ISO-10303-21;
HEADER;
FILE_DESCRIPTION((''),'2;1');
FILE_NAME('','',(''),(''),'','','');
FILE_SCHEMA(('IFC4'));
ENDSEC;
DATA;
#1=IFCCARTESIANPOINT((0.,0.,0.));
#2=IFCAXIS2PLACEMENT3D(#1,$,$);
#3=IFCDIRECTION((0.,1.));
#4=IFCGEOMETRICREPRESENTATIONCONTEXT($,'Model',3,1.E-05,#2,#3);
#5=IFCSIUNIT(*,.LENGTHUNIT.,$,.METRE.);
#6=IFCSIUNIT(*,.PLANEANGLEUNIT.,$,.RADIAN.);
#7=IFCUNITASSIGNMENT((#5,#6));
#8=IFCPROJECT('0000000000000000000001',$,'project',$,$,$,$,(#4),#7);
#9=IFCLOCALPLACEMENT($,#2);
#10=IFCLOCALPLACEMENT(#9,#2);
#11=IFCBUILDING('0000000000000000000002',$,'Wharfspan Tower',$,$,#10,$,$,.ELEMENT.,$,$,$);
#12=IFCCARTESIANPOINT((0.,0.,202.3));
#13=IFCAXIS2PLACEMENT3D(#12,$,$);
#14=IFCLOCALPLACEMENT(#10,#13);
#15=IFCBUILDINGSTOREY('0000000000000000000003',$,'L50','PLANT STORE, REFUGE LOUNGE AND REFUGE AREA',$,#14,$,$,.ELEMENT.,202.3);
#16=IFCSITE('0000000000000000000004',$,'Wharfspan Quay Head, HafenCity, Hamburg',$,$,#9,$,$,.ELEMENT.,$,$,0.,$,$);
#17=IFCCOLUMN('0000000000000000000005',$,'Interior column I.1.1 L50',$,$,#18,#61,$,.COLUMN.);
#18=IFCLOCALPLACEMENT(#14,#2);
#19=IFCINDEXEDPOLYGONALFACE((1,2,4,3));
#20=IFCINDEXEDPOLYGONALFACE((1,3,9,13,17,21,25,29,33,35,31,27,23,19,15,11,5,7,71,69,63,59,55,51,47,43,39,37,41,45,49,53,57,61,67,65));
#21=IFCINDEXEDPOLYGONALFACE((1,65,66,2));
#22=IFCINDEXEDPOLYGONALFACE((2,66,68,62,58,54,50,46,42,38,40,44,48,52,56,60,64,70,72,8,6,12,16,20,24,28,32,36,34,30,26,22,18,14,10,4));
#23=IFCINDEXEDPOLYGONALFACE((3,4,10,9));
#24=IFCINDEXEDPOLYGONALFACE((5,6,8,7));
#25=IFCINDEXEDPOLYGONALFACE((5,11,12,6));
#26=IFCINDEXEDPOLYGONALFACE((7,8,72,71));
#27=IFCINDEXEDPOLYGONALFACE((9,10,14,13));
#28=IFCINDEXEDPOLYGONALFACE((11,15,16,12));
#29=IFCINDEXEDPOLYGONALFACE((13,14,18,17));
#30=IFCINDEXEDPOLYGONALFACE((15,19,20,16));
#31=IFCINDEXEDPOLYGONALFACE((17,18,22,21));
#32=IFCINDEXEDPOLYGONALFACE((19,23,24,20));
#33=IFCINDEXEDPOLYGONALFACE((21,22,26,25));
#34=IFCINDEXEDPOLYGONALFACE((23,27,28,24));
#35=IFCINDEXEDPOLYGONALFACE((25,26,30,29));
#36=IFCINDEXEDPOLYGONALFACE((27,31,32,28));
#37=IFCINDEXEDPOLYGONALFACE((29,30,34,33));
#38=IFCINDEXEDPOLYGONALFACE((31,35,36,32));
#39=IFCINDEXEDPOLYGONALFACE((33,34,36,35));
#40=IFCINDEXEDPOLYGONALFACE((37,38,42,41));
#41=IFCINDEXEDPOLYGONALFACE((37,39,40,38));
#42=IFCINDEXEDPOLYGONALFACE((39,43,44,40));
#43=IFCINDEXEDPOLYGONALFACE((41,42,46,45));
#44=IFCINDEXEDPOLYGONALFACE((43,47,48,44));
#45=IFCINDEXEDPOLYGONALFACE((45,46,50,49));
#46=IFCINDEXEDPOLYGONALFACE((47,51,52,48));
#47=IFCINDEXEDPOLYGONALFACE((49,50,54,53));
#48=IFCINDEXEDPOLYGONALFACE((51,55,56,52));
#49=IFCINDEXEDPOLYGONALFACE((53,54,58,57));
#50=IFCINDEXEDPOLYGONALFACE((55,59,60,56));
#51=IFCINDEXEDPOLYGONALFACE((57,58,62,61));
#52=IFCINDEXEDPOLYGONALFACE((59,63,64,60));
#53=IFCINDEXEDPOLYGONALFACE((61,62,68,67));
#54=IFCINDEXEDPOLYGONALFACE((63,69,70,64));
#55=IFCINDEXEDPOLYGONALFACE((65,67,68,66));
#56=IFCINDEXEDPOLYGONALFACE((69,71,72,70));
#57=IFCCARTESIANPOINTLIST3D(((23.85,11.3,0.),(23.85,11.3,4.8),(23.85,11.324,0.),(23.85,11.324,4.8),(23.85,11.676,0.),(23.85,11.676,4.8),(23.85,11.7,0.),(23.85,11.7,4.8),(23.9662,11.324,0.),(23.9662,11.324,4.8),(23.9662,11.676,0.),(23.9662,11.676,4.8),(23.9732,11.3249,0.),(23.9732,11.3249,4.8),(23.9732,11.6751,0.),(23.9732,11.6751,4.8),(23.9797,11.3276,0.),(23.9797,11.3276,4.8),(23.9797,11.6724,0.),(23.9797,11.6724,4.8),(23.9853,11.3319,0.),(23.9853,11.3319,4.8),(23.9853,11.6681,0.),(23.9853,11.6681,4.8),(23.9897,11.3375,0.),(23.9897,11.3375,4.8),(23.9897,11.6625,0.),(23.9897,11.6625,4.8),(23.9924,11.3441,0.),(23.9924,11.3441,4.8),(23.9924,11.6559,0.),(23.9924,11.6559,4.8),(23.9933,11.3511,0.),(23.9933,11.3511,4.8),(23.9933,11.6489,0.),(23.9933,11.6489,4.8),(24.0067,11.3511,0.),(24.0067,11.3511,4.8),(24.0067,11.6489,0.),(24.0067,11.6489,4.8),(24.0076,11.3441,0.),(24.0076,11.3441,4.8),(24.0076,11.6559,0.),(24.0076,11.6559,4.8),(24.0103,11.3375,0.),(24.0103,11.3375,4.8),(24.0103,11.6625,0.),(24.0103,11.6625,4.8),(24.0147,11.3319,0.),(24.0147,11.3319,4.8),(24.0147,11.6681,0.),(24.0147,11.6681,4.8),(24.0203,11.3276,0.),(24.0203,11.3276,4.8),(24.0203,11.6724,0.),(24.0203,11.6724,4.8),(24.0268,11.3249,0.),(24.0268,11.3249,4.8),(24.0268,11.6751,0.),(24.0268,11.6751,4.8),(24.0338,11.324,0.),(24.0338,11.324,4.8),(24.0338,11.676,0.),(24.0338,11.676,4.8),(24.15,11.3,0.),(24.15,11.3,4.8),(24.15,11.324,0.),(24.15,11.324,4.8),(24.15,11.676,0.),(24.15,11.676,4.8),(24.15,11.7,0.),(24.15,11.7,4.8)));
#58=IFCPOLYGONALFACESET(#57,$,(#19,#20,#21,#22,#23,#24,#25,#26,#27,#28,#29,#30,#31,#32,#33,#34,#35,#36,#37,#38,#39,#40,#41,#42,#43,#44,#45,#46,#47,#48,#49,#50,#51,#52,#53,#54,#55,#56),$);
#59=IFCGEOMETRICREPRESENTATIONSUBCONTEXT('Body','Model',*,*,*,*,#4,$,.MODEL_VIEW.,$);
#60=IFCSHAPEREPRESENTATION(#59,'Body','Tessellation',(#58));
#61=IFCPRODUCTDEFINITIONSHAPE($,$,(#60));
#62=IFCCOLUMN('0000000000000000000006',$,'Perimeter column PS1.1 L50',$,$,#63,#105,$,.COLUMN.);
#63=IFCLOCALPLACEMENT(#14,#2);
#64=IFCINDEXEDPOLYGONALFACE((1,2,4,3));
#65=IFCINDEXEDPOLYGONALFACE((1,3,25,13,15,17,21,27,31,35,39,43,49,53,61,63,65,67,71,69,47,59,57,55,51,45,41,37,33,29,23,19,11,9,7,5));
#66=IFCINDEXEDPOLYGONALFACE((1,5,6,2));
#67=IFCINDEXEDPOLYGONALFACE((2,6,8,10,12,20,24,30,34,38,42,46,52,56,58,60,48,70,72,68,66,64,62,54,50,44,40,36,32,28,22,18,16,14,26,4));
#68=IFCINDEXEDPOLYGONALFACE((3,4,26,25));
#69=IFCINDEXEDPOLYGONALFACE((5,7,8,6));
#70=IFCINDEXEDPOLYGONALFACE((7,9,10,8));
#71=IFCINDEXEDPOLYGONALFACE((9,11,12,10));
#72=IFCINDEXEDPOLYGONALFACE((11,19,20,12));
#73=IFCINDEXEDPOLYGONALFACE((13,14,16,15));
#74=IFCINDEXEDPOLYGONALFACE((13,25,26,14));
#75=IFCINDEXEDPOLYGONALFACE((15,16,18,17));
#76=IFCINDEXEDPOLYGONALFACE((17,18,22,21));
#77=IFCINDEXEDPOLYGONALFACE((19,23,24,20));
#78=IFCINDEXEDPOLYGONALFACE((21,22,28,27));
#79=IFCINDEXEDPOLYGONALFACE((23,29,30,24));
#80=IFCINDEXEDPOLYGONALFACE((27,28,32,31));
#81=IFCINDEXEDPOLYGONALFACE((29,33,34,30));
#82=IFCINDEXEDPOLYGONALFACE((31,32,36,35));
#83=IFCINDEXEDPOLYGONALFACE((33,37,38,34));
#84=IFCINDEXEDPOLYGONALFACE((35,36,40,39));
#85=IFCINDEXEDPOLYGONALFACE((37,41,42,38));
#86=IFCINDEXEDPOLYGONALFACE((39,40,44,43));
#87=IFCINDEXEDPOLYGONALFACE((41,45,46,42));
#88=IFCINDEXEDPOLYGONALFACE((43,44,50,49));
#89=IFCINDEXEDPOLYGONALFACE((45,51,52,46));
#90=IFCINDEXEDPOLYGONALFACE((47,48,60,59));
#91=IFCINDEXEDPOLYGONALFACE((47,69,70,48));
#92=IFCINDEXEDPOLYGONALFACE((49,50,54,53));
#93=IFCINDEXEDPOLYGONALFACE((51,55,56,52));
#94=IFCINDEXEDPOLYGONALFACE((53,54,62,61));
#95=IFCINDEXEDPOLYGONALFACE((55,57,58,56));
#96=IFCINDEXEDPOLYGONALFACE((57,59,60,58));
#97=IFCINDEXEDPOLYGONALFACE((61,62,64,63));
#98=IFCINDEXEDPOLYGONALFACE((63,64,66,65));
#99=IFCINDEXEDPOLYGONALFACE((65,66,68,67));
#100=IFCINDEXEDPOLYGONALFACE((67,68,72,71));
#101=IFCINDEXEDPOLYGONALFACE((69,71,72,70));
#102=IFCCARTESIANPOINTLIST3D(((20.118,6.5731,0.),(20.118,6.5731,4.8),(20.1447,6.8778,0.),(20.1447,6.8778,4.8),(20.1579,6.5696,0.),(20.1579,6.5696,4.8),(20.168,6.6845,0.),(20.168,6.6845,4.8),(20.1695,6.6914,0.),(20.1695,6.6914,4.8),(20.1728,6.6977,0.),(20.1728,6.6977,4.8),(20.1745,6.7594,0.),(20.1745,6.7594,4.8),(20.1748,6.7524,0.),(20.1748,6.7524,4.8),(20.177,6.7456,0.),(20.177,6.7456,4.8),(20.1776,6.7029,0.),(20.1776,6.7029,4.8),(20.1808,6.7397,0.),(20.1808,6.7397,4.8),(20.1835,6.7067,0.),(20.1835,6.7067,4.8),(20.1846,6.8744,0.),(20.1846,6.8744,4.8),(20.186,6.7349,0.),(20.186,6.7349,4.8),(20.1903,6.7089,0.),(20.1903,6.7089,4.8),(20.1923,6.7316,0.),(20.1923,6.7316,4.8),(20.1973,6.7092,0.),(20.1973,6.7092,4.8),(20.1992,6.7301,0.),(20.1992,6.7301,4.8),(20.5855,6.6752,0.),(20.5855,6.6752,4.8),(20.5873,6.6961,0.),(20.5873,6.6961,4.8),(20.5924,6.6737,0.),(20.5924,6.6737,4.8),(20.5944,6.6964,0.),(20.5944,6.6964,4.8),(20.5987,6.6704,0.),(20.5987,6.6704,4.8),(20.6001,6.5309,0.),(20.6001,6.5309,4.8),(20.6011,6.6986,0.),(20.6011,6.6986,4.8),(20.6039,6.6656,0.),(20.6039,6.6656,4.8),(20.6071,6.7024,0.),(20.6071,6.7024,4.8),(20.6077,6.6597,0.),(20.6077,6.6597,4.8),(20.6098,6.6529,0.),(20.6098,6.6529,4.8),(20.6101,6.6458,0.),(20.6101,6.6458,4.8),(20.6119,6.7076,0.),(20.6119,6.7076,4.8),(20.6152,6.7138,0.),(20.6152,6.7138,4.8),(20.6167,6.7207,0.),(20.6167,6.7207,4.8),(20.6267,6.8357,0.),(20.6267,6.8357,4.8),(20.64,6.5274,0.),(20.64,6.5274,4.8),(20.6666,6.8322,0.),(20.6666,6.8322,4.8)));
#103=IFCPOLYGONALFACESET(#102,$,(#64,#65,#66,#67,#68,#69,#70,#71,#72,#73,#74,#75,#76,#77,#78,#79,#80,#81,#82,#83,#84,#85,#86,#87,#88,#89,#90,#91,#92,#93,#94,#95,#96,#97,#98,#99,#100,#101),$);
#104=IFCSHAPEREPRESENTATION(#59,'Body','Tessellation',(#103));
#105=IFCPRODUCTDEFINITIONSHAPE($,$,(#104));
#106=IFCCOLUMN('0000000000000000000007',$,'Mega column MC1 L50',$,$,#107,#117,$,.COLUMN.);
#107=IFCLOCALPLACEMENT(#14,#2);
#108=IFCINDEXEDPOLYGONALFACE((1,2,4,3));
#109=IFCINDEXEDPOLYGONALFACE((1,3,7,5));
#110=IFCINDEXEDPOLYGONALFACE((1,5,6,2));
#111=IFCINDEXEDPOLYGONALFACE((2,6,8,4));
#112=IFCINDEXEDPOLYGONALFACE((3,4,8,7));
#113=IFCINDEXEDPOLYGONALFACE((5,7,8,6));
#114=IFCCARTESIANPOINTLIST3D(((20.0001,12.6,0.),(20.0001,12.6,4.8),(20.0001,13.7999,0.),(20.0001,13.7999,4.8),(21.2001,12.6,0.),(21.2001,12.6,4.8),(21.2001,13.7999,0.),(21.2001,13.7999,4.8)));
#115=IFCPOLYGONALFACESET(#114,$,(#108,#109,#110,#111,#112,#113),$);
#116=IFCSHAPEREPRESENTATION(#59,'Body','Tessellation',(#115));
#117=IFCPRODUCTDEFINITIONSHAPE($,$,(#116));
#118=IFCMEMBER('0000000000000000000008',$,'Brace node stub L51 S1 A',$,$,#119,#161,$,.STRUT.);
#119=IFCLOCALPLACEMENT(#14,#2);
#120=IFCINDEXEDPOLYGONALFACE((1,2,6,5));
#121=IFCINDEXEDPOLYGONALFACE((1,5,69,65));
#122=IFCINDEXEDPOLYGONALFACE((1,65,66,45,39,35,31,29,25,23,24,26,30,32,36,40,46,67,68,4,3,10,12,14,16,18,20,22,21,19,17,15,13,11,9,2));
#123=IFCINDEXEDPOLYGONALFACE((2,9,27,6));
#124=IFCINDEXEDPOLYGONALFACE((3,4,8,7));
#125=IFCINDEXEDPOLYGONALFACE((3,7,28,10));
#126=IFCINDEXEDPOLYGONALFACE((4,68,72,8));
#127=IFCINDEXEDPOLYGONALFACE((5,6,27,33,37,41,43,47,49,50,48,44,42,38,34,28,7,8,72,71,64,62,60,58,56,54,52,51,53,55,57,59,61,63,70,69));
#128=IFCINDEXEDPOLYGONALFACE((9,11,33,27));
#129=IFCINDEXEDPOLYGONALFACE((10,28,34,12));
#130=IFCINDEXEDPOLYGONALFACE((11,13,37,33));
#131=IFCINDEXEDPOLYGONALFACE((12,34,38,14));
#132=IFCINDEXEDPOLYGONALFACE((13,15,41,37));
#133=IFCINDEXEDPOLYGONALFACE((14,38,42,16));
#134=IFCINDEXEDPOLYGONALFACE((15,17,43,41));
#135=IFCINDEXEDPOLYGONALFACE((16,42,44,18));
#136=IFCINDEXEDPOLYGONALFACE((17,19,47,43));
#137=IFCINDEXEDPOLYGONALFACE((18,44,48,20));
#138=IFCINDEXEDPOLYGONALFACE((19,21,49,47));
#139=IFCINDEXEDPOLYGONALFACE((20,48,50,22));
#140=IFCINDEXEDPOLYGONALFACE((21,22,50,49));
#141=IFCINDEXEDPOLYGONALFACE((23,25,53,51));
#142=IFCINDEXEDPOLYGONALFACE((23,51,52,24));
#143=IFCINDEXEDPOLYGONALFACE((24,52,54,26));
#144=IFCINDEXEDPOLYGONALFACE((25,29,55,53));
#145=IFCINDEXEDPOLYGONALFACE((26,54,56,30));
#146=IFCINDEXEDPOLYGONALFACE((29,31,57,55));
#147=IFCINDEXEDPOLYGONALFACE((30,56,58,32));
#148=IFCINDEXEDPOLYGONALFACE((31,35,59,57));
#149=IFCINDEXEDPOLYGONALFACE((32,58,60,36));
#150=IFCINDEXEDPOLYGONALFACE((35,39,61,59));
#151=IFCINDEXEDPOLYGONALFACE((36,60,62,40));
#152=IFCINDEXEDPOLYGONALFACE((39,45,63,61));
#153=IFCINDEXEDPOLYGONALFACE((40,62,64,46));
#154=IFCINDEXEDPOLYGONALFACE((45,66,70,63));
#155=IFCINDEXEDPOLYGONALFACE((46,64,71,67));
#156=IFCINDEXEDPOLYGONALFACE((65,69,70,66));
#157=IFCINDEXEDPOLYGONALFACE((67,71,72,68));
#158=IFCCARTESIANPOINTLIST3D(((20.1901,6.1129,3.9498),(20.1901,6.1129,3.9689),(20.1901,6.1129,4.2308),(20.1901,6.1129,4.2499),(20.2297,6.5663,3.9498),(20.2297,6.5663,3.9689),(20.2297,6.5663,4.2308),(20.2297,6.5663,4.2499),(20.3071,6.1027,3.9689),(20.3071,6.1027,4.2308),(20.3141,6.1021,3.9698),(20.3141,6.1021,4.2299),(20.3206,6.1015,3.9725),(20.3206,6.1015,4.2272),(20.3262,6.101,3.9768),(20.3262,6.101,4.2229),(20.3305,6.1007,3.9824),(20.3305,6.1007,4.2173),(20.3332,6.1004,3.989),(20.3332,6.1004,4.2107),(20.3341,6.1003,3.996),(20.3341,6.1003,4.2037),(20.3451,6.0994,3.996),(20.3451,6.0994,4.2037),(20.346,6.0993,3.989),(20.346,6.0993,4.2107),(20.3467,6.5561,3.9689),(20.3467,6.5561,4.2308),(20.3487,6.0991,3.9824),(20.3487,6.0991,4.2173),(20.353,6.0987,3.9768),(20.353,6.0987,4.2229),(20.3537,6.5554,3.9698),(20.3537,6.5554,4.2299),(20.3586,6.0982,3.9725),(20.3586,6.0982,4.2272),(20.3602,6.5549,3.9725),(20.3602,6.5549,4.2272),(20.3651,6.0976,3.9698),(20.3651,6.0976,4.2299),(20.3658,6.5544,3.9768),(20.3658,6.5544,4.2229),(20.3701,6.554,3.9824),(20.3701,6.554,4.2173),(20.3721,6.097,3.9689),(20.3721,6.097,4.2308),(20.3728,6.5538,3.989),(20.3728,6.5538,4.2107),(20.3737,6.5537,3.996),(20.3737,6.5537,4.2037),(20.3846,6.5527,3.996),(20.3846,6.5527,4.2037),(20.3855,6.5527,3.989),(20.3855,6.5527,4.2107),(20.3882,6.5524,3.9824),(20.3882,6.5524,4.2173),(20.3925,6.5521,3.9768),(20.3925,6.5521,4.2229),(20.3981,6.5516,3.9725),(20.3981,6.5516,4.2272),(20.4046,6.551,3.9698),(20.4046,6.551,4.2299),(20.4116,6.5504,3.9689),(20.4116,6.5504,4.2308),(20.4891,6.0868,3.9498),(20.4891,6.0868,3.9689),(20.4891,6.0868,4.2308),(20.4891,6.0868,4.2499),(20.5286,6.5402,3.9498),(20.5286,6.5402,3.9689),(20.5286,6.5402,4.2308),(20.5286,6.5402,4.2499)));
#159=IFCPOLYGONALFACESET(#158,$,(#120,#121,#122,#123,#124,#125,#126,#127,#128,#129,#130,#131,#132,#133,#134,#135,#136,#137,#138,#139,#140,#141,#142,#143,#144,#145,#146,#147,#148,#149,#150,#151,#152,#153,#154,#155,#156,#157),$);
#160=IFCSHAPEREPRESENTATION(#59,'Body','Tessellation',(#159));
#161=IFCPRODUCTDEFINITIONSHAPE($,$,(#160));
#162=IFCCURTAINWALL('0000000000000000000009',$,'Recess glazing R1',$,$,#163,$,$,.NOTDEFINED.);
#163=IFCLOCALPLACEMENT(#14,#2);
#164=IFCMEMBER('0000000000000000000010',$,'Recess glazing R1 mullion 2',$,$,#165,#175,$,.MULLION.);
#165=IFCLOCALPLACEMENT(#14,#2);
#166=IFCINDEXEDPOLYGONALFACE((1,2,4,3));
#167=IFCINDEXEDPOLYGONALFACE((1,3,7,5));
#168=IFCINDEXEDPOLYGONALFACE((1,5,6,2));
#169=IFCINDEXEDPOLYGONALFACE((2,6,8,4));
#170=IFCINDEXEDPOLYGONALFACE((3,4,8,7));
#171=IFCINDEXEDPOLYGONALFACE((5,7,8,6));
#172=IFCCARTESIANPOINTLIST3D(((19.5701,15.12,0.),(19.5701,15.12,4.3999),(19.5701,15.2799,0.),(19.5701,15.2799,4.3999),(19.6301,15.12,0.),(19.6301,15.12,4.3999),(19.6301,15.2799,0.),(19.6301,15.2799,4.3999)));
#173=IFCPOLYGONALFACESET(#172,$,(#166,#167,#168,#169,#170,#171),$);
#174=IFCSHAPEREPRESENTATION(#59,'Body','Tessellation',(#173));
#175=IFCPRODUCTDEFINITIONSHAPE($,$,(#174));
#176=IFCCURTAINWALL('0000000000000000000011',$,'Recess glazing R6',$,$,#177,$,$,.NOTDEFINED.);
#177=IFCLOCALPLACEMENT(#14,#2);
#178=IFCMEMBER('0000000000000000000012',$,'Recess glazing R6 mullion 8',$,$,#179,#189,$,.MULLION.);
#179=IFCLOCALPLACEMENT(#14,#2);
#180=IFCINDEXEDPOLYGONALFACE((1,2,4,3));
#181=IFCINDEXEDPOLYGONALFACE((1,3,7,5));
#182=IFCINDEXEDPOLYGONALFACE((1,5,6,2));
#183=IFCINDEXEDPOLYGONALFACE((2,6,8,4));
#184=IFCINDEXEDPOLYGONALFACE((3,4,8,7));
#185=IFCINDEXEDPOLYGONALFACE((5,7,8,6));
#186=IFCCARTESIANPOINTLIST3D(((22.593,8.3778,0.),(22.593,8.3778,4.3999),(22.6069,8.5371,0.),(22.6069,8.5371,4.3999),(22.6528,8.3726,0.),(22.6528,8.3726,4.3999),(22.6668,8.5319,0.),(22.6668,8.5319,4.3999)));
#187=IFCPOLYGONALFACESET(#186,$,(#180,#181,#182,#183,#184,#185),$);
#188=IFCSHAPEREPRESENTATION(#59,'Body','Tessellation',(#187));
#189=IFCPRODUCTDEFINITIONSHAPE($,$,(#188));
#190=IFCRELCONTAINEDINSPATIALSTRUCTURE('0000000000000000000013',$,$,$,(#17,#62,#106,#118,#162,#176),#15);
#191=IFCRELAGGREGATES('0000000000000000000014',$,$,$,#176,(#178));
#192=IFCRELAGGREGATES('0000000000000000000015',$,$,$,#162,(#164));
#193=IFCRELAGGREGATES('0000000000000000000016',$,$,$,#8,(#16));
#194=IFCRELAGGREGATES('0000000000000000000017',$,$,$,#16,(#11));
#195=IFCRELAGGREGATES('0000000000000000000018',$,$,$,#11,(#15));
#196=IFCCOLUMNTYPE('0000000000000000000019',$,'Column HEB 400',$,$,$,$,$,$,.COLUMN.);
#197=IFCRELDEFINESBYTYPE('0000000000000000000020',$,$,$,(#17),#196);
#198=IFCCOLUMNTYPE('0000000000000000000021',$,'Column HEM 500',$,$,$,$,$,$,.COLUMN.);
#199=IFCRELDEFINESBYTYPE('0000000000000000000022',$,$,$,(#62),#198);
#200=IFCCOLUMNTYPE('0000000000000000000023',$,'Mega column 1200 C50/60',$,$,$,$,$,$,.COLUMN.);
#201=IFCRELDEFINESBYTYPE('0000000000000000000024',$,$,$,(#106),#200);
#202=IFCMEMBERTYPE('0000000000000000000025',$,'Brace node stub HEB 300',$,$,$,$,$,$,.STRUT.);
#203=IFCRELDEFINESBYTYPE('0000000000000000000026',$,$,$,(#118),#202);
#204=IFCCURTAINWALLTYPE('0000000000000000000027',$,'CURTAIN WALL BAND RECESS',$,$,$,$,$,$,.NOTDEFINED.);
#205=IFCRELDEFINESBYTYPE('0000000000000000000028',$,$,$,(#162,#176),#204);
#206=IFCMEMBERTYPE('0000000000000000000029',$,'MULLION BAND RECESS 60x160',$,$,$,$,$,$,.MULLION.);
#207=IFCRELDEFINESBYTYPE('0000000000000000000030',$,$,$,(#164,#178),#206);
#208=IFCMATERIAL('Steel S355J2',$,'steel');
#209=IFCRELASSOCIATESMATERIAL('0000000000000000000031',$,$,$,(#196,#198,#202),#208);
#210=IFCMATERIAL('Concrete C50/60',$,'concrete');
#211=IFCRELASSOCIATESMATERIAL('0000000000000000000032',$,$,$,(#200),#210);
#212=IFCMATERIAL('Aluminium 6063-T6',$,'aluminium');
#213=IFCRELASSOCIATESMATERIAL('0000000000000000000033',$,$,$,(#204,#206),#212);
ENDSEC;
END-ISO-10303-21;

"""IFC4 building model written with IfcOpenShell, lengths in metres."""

from ifc_helpers import new_model, si_unit, direction, frame, origin, origin_2d, place, context, subcontext, project, spatial, rectangle, i_section, extrude, material, material_profile, profile_set, type_object, element, aggregate, save


model = new_model("IFC4")

# Units and contexts
model_context = context("Model", 3, precision=1e-05, world=origin(), true_north=direction((0.0, 1.0)))
body_context = subcontext(model_context, "Body", "Model", "MODEL_VIEW")
ifc_project = project(units=[si_unit("LENGTHUNIT", "METRE"), si_unit("PLANEANGLEUNIT", "RADIAN")], contexts=[model_context])

# Site, building, storey
site_placement = place(None, origin())
site = spatial("IfcSite", under=ifc_project, at=site_placement, Name="Wharfspan Quay Head, HafenCity, Hamburg", CompositionType="ELEMENT", RefElevation=0.0)
building_placement = place(site_placement, origin())
building = spatial("IfcBuilding", under=site, at=building_placement, Name="Wharfspan Tower", CompositionType="ELEMENT")
storey_placement = place(building_placement, frame((0.0, 0.0, 202.3)))
storey = spatial("IfcBuildingStorey", under=building, at=storey_placement, Name="L50", Description="PLANT STORE, REFUGE LOUNGE AND REFUGE AREA", CompositionType="ELEMENT", Elevation=202.3)

# Columns
ifc_material_1 = material(Name="Steel S355J2", Category="steel")
ifc_material_profile_1 = material_profile(ifc_material_1, i_section(OverallWidth=0.3, OverallDepth=0.3999, WebThickness=0.0134, FlangeThickness=0.0239, FilletRadius=0.0271, at=origin_2d()))
ifc_profile_set_1 = profile_set([ifc_material_profile_1], Name="Steel S355J2")
column_type_1 = type_object("IfcColumnType", Name="Column HEB 400", PredefinedType="COLUMN", material=ifc_profile_set_1)
column_1_placement = place(storey_placement, frame((24.0, 11.5, 0.0), z_axis=(0.0, 0.0, 1.0), x_axis=(1.0, 0.0, 0.0)))
element("IfcColumn", 1, at=column_1_placement, inside=storey, type_object=column_type_1, Name="Interior column I.1.1 L50", PredefinedType="COLUMN", context=body_context, shape_type="SweptSolid", body=[
    extrude(i_section(OverallWidth=0.3, OverallDepth=0.3999, WebThickness=0.0134, FlangeThickness=0.0239, FilletRadius=0.0271, at=origin_2d()), origin(), (0.0, 0.0, 1.0), 4.8),
])
ifc_material_profile_2 = material_profile(ifc_material_1, i_section(OverallWidth=0.3059, OverallDepth=0.5239, WebThickness=0.021, FlangeThickness=0.04, FilletRadius=0.0271, at=origin_2d()))
ifc_profile_set_2 = profile_set([ifc_material_profile_2], Name="Steel S355J2")
column_type_2 = type_object("IfcColumnType", Name="Column HEM 500", PredefinedType="COLUMN", material=ifc_profile_set_2)
column_2_placement = place(storey_placement, frame((20.3923, 6.7026, 0.0), z_axis=(0.0, 0.0, 1.0), x_axis=(-0.087156, -0.996197, 0.0)))
element("IfcColumn", 2, at=column_2_placement, inside=storey, type_object=column_type_2, Name="Perimeter column PS1.1 L50", PredefinedType="COLUMN", context=body_context, shape_type="SweptSolid", body=[
    extrude(i_section(OverallWidth=0.3059, OverallDepth=0.5239, WebThickness=0.021, FlangeThickness=0.04, FilletRadius=0.0271, at=origin_2d()), origin(), (0.0, 0.0, 1.0), 4.8),
])
ifc_material_2 = material(Name="Concrete C50/60", Category="concrete")
ifc_material_profile_3 = material_profile(ifc_material_2, rectangle(XDim=1.2, YDim=1.2, at=origin_2d()))
ifc_profile_set_3 = profile_set([ifc_material_profile_3], Name="Concrete C50/60")
column_type_3 = type_object("IfcColumnType", Name="Mega column 1200 C50/60", PredefinedType="COLUMN", material=ifc_profile_set_3)
column_3_placement = place(storey_placement, frame((20.6001, 13.2, 0.0), z_axis=(0.0, 0.0, 1.0), x_axis=(1.0, 0.0, 0.0)))
element("IfcColumn", 3, at=column_3_placement, inside=storey, type_object=column_type_3, Name="Mega column MC1 L50", PredefinedType="COLUMN", context=body_context, shape_type="SweptSolid", body=[
    extrude(rectangle(XDim=1.2, YDim=1.2, at=origin_2d()), origin(), (0.0, 0.0, 1.0), 4.8),
])

# Member
ifc_material_profile_4 = material_profile(ifc_material_1, i_section(OverallWidth=0.3, OverallDepth=0.3, WebThickness=0.011, FlangeThickness=0.019, FilletRadius=0.0271, at=origin_2d()))
ifc_profile_set_4 = profile_set([ifc_material_profile_4], Name="Steel S355J2")
member_type_1 = type_object("IfcMemberType", Name="Brace node stub HEB 300", PredefinedType="STRUT", material=ifc_profile_set_4)
member_1_placement = place(storey_placement, frame((20.3791, 6.5532, 4.0999), z_axis=(-0.086907, -0.996216, 0.0), x_axis=(0.996216, -0.086907, 0.0)))
element("IfcMember", 4, at=member_1_placement, inside=storey, type_object=member_type_1, Name="Brace node stub L51 S1 A", PredefinedType="STRUT", context=body_context, shape_type="SweptSolid", body=[
    extrude(i_section(OverallWidth=0.3, OverallDepth=0.3, WebThickness=0.011, FlangeThickness=0.019, FilletRadius=0.0271, at=origin_2d()), origin(), (0.0, 0.0, 1.0), 0.4551),
])

# Curtain walls, members
ifc_material_3 = material(Name="Aluminium 6063-T6", Category="aluminium")
curtain_wall_type = type_object("IfcCurtainWallType", Name="CURTAIN WALL BAND RECESS", PredefinedType="NOTDEFINED", material=ifc_material_3)
curtain_wall_1_placement = place(storey_placement, origin())
curtain_wall_1 = element("IfcCurtainWall", 5, at=curtain_wall_1_placement, inside=storey, type_object=curtain_wall_type, Name="Recess glazing R1", PredefinedType="NOTDEFINED")
ifc_material_profile_5 = material_profile(ifc_material_3, rectangle(XDim=0.1599, YDim=0.0601, at=origin_2d()))
ifc_profile_set_5 = profile_set([ifc_material_profile_5], Name="Aluminium 6063-T6")
member_type_2 = type_object("IfcMemberType", Name="MULLION BAND RECESS 60x160", PredefinedType="MULLION", material=ifc_profile_set_5)
member_2_placement = place(storey_placement, frame((19.6001, 15.2, 0.0), z_axis=(0.0, 0.0, 1.0), x_axis=(0.0, -1.0, 0.0)))
member_2 = element("IfcMember", 6, at=member_2_placement, type_object=member_type_2, Name="Recess glazing R1 mullion 2", PredefinedType="MULLION", context=body_context, shape_type="SweptSolid", body=[
    extrude(rectangle(XDim=0.1599, YDim=0.0601, at=origin_2d()), origin(), (0.0, 0.0, 1.0), 4.3999),
])
curtain_wall_2_placement = place(storey_placement, origin())
curtain_wall_2 = element("IfcCurtainWall", 7, at=curtain_wall_2_placement, inside=storey, type_object=curtain_wall_type, Name="Recess glazing R6", PredefinedType="NOTDEFINED")
member_3_placement = place(storey_placement, frame((22.6299, 8.4548, 0.0), z_axis=(0.0, 0.0, 1.0), x_axis=(-0.087156, -0.996198, 0.0)))
member_3 = element("IfcMember", 8, at=member_3_placement, type_object=member_type_2, Name="Recess glazing R6 mullion 8", PredefinedType="MULLION", context=body_context, shape_type="SweptSolid", body=[
    extrude(rectangle(XDim=0.1599, YDim=0.0601, at=origin_2d()), origin(), (0.0, 0.0, 1.0), 4.3999),
])
aggregate(curtain_wall_2, [member_3])

aggregate(curtain_wall_1, [member_2])

save(model, "model.ifc")
